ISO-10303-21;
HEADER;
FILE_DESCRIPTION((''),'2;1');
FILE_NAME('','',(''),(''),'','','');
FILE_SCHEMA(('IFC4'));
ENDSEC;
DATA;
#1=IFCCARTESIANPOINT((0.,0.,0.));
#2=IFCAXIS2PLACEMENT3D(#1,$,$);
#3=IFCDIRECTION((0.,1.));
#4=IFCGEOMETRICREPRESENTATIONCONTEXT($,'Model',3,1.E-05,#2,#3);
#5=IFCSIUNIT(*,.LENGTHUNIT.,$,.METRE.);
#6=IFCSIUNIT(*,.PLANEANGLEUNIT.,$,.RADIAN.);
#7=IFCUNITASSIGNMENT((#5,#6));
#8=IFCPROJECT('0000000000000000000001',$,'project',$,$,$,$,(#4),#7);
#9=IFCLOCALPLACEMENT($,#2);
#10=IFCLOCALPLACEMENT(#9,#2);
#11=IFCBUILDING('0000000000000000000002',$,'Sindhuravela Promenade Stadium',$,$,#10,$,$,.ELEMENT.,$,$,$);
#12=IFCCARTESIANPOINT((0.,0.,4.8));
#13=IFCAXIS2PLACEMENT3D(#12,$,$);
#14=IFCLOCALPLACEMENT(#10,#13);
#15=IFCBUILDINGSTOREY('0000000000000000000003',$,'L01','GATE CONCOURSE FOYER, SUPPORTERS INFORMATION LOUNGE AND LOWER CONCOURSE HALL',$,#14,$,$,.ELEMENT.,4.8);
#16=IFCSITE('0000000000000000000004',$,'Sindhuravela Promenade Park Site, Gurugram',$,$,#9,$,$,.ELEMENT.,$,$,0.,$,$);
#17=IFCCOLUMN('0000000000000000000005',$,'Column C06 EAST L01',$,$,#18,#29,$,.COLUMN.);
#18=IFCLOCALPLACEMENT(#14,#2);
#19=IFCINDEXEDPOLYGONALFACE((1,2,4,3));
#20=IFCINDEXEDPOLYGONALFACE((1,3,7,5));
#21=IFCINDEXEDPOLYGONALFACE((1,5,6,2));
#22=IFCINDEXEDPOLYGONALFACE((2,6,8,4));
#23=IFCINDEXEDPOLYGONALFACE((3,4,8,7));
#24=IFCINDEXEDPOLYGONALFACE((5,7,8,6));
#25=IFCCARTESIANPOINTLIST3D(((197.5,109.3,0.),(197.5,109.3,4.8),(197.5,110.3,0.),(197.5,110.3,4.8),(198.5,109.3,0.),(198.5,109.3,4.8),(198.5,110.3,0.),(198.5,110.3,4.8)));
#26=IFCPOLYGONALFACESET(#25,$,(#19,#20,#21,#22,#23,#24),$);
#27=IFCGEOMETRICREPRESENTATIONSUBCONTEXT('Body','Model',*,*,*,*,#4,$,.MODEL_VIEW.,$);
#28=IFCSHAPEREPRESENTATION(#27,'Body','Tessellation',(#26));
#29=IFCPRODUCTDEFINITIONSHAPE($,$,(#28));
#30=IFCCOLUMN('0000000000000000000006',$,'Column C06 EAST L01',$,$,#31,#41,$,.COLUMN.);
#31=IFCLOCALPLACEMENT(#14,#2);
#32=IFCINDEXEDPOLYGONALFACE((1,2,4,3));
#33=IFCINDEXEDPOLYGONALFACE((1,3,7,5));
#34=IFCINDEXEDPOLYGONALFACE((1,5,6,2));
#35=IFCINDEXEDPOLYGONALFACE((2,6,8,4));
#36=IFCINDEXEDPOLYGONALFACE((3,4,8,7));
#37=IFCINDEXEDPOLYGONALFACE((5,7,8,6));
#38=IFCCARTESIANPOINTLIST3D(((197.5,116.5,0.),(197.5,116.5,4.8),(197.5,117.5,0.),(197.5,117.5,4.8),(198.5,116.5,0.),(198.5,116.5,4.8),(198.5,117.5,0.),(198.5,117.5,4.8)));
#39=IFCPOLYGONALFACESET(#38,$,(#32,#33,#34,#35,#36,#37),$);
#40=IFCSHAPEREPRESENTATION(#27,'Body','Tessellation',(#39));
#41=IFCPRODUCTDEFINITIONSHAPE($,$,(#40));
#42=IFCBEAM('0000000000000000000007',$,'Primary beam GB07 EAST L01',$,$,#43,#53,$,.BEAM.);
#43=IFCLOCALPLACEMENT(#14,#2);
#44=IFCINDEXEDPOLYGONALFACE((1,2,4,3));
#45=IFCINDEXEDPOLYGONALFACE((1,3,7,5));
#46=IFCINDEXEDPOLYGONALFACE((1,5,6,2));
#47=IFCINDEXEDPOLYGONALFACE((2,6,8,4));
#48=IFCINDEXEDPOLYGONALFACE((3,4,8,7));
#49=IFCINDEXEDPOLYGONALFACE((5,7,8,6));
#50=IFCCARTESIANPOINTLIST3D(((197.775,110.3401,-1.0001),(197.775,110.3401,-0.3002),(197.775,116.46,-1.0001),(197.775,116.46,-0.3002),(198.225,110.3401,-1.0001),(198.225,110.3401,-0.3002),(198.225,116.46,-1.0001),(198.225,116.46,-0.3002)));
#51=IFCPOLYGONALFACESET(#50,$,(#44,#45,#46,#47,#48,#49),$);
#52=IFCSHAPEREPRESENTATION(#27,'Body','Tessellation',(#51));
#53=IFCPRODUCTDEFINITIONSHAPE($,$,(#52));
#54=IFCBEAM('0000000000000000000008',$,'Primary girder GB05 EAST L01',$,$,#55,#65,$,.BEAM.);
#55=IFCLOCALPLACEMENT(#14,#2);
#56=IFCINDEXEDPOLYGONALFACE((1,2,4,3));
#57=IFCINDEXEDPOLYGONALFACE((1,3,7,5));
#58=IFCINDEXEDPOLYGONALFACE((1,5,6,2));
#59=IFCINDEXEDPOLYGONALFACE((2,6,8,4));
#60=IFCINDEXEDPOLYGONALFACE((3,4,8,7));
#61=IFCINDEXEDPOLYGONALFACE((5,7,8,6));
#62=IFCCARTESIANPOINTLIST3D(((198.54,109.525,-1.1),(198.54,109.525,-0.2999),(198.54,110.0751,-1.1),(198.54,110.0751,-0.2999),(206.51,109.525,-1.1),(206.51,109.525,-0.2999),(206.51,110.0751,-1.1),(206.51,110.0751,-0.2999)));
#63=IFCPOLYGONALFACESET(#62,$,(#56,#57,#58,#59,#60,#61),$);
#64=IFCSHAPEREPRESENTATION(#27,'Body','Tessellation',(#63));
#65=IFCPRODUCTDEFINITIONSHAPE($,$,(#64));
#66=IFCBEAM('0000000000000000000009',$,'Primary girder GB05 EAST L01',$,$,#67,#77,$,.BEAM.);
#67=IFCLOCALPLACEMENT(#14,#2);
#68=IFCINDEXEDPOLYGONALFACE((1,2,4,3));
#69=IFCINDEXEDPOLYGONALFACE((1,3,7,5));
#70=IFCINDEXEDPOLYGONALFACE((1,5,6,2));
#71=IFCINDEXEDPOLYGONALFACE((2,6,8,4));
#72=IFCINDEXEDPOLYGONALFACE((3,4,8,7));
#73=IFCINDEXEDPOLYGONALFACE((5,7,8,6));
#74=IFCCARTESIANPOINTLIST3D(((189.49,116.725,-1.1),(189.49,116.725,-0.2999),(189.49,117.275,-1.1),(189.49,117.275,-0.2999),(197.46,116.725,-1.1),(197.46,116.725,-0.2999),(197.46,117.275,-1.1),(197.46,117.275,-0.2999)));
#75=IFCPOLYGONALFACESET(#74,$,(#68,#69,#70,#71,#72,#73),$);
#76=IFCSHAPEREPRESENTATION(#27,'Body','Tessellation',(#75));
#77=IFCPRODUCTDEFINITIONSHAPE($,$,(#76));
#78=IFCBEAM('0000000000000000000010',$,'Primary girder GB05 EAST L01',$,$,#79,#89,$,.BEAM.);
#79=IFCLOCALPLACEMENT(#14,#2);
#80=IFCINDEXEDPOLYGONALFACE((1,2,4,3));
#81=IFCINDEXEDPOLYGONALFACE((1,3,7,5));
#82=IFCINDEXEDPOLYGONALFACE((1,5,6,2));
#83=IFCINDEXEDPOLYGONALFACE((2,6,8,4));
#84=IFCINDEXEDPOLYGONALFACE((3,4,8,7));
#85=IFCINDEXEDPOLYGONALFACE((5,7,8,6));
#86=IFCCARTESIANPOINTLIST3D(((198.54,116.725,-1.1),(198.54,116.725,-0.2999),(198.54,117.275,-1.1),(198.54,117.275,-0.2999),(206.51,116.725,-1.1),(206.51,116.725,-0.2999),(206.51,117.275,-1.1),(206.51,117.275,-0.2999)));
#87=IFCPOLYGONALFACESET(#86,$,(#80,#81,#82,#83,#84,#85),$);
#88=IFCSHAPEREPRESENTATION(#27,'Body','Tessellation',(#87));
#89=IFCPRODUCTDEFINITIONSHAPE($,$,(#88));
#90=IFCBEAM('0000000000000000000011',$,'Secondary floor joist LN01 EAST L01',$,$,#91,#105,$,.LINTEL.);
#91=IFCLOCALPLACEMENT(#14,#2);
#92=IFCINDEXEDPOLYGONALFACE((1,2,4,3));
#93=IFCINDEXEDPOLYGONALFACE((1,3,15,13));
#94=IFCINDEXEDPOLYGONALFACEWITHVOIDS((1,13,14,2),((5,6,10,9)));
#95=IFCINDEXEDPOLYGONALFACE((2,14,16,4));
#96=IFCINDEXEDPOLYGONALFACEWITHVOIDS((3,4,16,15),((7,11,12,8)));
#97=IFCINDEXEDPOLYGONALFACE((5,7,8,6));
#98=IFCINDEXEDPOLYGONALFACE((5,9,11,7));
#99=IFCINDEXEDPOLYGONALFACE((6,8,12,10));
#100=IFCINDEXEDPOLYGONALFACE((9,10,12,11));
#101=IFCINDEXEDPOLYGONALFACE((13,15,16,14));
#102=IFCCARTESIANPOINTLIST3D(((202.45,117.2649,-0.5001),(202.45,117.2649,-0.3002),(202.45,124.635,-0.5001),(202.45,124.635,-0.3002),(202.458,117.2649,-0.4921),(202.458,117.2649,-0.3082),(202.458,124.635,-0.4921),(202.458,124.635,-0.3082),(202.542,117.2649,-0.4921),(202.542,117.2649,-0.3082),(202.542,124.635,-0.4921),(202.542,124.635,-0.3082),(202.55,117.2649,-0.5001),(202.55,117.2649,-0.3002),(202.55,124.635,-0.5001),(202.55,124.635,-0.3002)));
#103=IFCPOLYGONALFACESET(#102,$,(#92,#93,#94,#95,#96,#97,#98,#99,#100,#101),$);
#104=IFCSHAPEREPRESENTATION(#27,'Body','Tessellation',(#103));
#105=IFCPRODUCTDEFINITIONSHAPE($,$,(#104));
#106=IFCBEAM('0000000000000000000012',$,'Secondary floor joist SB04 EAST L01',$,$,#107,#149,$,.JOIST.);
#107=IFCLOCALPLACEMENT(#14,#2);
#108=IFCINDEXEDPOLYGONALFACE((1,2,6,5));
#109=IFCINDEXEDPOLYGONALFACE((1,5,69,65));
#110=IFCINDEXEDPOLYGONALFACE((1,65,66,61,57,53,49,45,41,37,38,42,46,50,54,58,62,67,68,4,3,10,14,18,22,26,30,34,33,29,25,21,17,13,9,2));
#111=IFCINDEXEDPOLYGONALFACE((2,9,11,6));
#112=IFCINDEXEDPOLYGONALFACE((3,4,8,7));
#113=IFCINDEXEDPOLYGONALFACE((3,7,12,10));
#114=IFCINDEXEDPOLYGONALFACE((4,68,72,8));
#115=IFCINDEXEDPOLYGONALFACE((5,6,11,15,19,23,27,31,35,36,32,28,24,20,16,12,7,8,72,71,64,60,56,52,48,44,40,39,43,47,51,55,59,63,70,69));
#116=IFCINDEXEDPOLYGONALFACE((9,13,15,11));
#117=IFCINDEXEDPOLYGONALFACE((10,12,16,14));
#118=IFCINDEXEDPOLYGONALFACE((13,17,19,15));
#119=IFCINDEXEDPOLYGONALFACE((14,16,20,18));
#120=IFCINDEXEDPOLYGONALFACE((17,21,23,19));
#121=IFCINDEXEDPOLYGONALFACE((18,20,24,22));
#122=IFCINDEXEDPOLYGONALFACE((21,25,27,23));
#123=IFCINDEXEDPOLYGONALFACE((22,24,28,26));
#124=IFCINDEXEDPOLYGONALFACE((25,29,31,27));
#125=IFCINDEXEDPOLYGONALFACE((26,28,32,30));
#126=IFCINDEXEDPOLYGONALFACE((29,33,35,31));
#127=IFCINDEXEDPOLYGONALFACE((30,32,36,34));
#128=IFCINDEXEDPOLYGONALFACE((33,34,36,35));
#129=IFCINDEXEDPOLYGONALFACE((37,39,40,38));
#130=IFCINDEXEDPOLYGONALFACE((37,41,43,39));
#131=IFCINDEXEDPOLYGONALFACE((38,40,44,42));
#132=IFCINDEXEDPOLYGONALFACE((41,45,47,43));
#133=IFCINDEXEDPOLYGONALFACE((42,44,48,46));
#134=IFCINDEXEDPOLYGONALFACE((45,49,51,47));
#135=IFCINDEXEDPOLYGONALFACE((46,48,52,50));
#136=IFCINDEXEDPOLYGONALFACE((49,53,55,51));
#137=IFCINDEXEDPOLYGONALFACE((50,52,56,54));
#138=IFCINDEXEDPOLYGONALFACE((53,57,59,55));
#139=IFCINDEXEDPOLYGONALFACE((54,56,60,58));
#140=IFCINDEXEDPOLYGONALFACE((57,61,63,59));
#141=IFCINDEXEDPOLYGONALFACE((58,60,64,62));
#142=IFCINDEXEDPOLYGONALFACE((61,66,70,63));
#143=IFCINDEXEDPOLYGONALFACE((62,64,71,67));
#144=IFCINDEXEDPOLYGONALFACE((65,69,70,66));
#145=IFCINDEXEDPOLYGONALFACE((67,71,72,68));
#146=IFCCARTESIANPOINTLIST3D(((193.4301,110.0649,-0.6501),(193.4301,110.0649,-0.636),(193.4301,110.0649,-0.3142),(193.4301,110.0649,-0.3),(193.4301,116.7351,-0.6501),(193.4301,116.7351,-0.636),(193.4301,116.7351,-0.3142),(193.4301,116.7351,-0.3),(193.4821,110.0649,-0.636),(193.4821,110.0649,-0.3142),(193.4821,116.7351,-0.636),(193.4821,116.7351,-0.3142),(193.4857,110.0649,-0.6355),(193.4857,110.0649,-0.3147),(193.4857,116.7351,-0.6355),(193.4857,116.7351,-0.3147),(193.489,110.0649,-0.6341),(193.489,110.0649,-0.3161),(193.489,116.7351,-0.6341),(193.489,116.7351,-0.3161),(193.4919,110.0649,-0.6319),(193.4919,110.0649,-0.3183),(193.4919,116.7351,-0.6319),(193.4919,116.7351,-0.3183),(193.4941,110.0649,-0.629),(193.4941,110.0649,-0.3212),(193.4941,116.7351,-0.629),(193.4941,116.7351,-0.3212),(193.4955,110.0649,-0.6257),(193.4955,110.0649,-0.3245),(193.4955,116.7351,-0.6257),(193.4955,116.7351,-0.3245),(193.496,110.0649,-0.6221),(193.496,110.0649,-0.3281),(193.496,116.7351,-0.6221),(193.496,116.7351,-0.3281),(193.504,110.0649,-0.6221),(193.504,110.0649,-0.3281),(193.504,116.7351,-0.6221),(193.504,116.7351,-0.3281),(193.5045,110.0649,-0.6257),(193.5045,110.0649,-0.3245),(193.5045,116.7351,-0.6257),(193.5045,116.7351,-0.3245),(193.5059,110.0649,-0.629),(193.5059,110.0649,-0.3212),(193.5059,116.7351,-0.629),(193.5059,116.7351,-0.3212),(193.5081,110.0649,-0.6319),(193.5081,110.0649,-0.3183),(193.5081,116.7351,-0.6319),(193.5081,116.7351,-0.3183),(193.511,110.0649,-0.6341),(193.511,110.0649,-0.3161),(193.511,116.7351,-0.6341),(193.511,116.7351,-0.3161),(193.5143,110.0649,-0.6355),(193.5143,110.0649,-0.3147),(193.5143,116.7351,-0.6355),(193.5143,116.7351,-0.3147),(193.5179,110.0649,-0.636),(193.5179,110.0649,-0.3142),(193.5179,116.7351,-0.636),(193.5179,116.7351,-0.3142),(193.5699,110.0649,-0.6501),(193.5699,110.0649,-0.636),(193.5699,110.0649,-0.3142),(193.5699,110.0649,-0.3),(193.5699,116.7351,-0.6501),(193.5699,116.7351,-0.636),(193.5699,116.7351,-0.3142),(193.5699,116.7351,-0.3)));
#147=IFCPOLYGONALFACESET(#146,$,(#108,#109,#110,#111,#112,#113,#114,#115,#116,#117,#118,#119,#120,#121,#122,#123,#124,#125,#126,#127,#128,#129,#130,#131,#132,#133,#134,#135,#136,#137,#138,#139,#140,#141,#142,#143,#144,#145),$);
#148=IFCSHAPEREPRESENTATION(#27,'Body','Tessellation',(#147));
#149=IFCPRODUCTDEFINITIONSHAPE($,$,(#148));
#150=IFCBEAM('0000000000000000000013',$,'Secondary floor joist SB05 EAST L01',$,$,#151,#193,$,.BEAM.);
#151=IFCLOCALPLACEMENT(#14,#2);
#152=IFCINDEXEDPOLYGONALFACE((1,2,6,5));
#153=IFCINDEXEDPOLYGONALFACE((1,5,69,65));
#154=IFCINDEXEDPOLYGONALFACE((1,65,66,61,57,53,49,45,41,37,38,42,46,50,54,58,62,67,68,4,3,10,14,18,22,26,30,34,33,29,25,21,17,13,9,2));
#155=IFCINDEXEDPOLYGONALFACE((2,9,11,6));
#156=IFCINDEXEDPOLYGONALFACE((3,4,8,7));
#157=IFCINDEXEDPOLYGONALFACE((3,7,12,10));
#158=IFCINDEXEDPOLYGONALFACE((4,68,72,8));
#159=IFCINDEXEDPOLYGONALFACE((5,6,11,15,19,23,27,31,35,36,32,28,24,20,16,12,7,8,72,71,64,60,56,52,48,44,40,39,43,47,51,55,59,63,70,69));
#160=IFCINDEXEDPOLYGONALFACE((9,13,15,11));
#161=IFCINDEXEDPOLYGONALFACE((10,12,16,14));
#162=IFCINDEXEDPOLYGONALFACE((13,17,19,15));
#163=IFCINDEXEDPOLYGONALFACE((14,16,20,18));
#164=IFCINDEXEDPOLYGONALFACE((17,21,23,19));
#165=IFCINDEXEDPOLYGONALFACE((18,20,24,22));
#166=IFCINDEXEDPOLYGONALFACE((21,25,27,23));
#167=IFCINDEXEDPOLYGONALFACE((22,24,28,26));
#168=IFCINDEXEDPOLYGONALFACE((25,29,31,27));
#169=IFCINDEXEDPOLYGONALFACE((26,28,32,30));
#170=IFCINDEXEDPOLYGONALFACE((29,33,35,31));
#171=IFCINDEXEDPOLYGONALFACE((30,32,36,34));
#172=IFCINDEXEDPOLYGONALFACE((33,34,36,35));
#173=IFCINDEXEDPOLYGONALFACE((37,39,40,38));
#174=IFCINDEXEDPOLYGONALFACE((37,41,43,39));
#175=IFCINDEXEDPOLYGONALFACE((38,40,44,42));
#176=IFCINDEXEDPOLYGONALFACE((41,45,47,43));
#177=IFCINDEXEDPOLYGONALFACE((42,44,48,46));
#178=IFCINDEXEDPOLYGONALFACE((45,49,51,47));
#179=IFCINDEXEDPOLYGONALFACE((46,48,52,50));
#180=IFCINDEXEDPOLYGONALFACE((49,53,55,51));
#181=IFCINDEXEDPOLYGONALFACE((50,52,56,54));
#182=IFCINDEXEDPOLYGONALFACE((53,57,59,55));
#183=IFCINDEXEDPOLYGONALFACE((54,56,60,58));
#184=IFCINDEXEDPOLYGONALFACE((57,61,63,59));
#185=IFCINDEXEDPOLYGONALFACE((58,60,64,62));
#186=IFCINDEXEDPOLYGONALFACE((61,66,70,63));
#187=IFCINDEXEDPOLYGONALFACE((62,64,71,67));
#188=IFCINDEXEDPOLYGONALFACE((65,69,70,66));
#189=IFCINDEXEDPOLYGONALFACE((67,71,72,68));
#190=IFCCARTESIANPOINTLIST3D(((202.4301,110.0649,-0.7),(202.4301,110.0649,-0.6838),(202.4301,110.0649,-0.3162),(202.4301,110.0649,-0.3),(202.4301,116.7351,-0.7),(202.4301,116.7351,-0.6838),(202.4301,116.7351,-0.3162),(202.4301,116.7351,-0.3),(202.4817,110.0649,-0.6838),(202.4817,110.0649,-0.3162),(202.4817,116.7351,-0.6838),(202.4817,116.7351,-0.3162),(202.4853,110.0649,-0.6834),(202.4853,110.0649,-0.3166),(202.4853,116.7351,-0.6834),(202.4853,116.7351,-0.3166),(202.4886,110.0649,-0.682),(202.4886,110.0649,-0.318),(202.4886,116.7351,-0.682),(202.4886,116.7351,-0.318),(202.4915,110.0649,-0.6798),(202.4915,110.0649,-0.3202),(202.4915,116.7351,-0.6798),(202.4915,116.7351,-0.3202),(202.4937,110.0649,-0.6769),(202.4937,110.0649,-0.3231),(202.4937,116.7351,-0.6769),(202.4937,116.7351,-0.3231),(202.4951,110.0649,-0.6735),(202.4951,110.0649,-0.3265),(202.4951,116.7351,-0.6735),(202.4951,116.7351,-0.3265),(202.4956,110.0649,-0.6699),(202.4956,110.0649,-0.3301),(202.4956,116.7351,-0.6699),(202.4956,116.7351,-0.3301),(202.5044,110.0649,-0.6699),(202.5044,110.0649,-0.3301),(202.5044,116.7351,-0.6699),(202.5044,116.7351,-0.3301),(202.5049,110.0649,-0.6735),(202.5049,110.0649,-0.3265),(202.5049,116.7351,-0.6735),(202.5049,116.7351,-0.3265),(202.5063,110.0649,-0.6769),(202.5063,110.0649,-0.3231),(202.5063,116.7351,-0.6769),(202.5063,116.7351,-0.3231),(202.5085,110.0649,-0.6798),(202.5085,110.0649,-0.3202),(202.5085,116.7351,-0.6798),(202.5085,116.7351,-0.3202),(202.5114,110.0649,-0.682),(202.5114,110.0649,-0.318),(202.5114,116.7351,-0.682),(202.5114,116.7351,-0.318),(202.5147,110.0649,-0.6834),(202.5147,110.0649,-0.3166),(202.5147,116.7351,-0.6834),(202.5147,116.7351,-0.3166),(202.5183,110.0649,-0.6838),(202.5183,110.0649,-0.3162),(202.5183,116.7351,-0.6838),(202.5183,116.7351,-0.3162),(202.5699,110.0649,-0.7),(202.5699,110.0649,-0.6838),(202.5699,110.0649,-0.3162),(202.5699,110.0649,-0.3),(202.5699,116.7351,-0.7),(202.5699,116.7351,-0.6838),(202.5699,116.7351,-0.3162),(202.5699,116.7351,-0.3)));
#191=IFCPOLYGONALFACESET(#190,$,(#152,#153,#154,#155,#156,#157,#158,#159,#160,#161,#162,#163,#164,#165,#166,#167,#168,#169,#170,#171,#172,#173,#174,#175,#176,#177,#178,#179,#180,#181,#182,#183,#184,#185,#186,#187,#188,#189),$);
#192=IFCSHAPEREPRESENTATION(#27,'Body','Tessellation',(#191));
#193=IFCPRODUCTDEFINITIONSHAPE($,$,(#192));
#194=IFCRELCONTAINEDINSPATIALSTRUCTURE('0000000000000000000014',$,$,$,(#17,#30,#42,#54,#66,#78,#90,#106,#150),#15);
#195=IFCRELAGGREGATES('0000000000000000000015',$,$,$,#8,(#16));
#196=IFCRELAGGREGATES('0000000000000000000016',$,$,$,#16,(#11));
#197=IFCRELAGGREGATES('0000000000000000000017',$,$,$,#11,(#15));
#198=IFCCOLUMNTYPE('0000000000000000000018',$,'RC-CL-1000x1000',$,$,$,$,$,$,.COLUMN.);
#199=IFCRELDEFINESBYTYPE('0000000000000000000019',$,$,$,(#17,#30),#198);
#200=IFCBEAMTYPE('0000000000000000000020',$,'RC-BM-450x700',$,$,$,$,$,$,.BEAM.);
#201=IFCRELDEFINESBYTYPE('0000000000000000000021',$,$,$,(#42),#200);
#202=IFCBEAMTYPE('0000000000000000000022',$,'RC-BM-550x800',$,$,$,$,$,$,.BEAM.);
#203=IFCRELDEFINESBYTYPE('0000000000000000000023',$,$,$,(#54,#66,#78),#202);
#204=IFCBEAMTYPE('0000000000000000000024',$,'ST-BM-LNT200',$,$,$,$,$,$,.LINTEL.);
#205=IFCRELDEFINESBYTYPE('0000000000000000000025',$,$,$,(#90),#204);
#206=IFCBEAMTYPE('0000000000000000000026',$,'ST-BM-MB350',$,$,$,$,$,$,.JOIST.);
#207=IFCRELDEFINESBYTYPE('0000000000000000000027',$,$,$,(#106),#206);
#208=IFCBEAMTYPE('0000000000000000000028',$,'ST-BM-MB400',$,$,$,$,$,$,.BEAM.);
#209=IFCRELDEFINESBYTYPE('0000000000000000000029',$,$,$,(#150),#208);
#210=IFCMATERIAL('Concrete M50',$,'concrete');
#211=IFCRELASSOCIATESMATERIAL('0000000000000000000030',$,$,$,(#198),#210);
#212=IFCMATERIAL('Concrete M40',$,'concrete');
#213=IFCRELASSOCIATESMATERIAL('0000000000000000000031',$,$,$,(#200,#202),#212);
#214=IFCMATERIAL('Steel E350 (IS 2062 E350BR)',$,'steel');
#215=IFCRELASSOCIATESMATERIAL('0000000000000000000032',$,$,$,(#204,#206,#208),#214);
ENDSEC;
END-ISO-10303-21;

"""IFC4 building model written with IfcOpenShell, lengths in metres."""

from ifc_helpers import new_model, si_unit, direction, frame, origin, origin_2d, place, context, subcontext, project, spatial, rectangle, hollow_rectangle, i_section, extrude, material, material_profile, profile_set, type_object, element, save


model = new_model("IFC4")

# Units and contexts
model_context = context("Model", 3, precision=1e-05, world=origin(), true_north=direction((0.0, 1.0)))
body_context = subcontext(model_context, "Body", "Model", "MODEL_VIEW")
ifc_project = project(units=[si_unit("LENGTHUNIT", "METRE"), si_unit("PLANEANGLEUNIT", "RADIAN")], contexts=[model_context])

# Site, building, storey
site_placement = place(None, origin())
site = spatial("IfcSite", under=ifc_project, at=site_placement, Name="Sindhuravela Promenade Park Site, Gurugram", CompositionType="ELEMENT", RefElevation=0.0)
building_placement = place(site_placement, origin())
building = spatial("IfcBuilding", under=site, at=building_placement, Name="Sindhuravela Promenade Stadium", CompositionType="ELEMENT")
storey_placement = place(building_placement, frame((0.0, 0.0, 4.8)))
storey = spatial("IfcBuildingStorey", under=building, at=storey_placement, Name="L01", Description="GATE CONCOURSE FOYER, SUPPORTERS INFORMATION LOUNGE AND LOWER CONCOURSE HALL", CompositionType="ELEMENT", Elevation=4.8)

# Columns
ifc_material_1 = material(Name="Concrete M50", Category="concrete")
ifc_material_profile_1 = material_profile(ifc_material_1, rectangle(XDim=1.0, YDim=1.0, at=origin_2d()), Name="RC 1000x1000")
ifc_profile_set_1 = profile_set([ifc_material_profile_1], Name="Concrete M50")
column_type = type_object("IfcColumnType", Name="RC-CL-1000x1000", PredefinedType="COLUMN", material=ifc_profile_set_1)
for number, where, z_axis, x_axis, name in (
    (1, (198.0, 109.8, 0.0), (0.0, 0.0, 1.0), (1.0, 0.0, 0.0), "Column C06 EAST L01"),
    (2, (198.0, 117.0, 0.0), (0.0, 0.0, 1.0), (1.0, 0.0, 0.0), "Column C06 EAST L01"),
):
    element("IfcColumn", number, at=place(storey_placement, frame(where, z_axis=z_axis, x_axis=x_axis)), inside=storey, type_object=column_type, Name=name, PredefinedType="COLUMN", context=body_context, shape_type="SweptSolid", body=[
        extrude(rectangle(XDim=1.0, YDim=1.0, at=origin_2d()), origin(), (0.0, 0.0, 1.0), 4.8),
    ])

# Beams
ifc_material_2 = material(Name="Concrete M40", Category="concrete")
ifc_material_profile_2 = material_profile(ifc_material_2, rectangle(XDim=0.45, YDim=0.7, at=origin_2d()), Name="RC 450x700")
ifc_profile_set_2 = profile_set([ifc_material_profile_2], Name="Concrete M40")
beam_type_1 = type_object("IfcBeamType", Name="RC-BM-450x700", PredefinedType="BEAM", material=ifc_profile_set_2)
beam_1_placement = place(storey_placement, frame((198.0, 110.3401, -0.6501), z_axis=(0.0, 1.0, 0.0), x_axis=(-1.0, 0.0, 0.0)))
element("IfcBeam", 3, at=beam_1_placement, inside=storey, type_object=beam_type_1, Name="Primary beam GB07 EAST L01", PredefinedType="BEAM", context=body_context, shape_type="SweptSolid", body=[
    extrude(rectangle(XDim=0.45, YDim=0.7, at=origin_2d()), origin(), (0.0, 0.0, 1.0), 6.1199),
])
ifc_material_profile_3 = material_profile(ifc_material_2, rectangle(XDim=0.55, YDim=0.8, at=origin_2d()), Name="RC 550x800")
ifc_profile_set_3 = profile_set([ifc_material_profile_3], Name="Concrete M40")
beam_type_2 = type_object("IfcBeamType", Name="RC-BM-550x800", PredefinedType="BEAM", material=ifc_profile_set_3)
for number, where, z_axis, x_axis, name in (
    (4, (198.54, 109.8, -0.7), (1.0, 0.0, 0.0), (0.0, 1.0, 0.0), "Primary girder GB05 EAST L01"),
    (5, (189.49, 117.0, -0.7), (1.0, 0.0, 0.0), (0.0, 1.0, 0.0), "Primary girder GB05 EAST L01"),
    (6, (198.54, 117.0, -0.7), (1.0, 0.0, 0.0), (0.0, 1.0, 0.0), "Primary girder GB05 EAST L01"),
):
    element("IfcBeam", number, at=place(storey_placement, frame(where, z_axis=z_axis, x_axis=x_axis)), inside=storey, type_object=beam_type_2, Name=name, PredefinedType="BEAM", context=body_context, shape_type="SweptSolid", body=[
        extrude(rectangle(XDim=0.55, YDim=0.8, at=origin_2d()), origin(), (0.0, 0.0, 1.0), 7.97),
    ])
ifc_material_3 = material(Name="Steel E350 (IS 2062 E350BR)", Category="steel")
ifc_material_profile_4 = material_profile(ifc_material_3, hollow_rectangle(XDim=0.1001, YDim=0.2, WallThickness=0.0081, at=origin_2d()), Name="RHS 200x100x8")
ifc_profile_set_4 = profile_set([ifc_material_profile_4], Name="Steel E350 (IS 2062 E350BR)")
beam_type_3 = type_object("IfcBeamType", Name="ST-BM-LNT200", PredefinedType="LINTEL", material=ifc_profile_set_4)
beam_2_placement = place(storey_placement, frame((202.5, 117.2649, -0.4001), z_axis=(0.0, 1.0, 0.0), x_axis=(-1.0, 0.0, 0.0)))
element("IfcBeam", 7, at=beam_2_placement, inside=storey, type_object=beam_type_3, Name="Secondary floor joist LN01 EAST L01", PredefinedType="LINTEL", context=body_context, shape_type="SweptSolid", body=[
    extrude(hollow_rectangle(XDim=0.1001, YDim=0.2, WallThickness=0.0081, at=origin_2d()), origin(), (0.0, 0.0, 1.0), 7.3701),
])
ifc_material_profile_5 = material_profile(ifc_material_3, i_section(OverallWidth=0.1399, OverallDepth=0.3501, WebThickness=0.0081, FlangeThickness=0.0142, FilletRadius=0.0139, at=origin_2d()), Name="ISMB 350")
ifc_profile_set_5 = profile_set([ifc_material_profile_5], Name="Steel E350 (IS 2062 E350BR)")
beam_type_4 = type_object("IfcBeamType", Name="ST-BM-MB350", PredefinedType="JOIST", material=ifc_profile_set_5)
beam_3_placement = place(storey_placement, frame((193.5, 110.0649, -0.4751), z_axis=(0.0, 1.0, 0.0), x_axis=(-1.0, 0.0, 0.0)))
element("IfcBeam", 8, at=beam_3_placement, inside=storey, type_object=beam_type_4, Name="Secondary floor joist SB04 EAST L01", PredefinedType="JOIST", context=body_context, shape_type="SweptSolid", body=[
    extrude(i_section(OverallWidth=0.1399, OverallDepth=0.3501, WebThickness=0.0081, FlangeThickness=0.0142, FilletRadius=0.0139, at=origin_2d()), origin(), (0.0, 0.0, 1.0), 6.6702),
])
ifc_material_profile_6 = material_profile(ifc_material_3, i_section(OverallWidth=0.1399, OverallDepth=0.3999, WebThickness=0.0088, FlangeThickness=0.0161, FilletRadius=0.0139, at=origin_2d()), Name="ISMB 400")
ifc_profile_set_6 = profile_set([ifc_material_profile_6], Name="Steel E350 (IS 2062 E350BR)")
beam_type_5 = type_object("IfcBeamType", Name="ST-BM-MB400", PredefinedType="BEAM", material=ifc_profile_set_6)
beam_4_placement = place(storey_placement, frame((202.5, 110.0649, -0.5), z_axis=(0.0, 1.0, 0.0), x_axis=(-1.0, 0.0, 0.0)))
element("IfcBeam", 9, at=beam_4_placement, inside=storey, type_object=beam_type_5, Name="Secondary floor joist SB05 EAST L01", PredefinedType="BEAM", context=body_context, shape_type="SweptSolid", body=[
    extrude(i_section(OverallWidth=0.1399, OverallDepth=0.3999, WebThickness=0.0088, FlangeThickness=0.0161, FilletRadius=0.0139, at=origin_2d()), origin(), (0.0, 0.0, 1.0), 6.6702),
])

save(model, "model.ifc")
